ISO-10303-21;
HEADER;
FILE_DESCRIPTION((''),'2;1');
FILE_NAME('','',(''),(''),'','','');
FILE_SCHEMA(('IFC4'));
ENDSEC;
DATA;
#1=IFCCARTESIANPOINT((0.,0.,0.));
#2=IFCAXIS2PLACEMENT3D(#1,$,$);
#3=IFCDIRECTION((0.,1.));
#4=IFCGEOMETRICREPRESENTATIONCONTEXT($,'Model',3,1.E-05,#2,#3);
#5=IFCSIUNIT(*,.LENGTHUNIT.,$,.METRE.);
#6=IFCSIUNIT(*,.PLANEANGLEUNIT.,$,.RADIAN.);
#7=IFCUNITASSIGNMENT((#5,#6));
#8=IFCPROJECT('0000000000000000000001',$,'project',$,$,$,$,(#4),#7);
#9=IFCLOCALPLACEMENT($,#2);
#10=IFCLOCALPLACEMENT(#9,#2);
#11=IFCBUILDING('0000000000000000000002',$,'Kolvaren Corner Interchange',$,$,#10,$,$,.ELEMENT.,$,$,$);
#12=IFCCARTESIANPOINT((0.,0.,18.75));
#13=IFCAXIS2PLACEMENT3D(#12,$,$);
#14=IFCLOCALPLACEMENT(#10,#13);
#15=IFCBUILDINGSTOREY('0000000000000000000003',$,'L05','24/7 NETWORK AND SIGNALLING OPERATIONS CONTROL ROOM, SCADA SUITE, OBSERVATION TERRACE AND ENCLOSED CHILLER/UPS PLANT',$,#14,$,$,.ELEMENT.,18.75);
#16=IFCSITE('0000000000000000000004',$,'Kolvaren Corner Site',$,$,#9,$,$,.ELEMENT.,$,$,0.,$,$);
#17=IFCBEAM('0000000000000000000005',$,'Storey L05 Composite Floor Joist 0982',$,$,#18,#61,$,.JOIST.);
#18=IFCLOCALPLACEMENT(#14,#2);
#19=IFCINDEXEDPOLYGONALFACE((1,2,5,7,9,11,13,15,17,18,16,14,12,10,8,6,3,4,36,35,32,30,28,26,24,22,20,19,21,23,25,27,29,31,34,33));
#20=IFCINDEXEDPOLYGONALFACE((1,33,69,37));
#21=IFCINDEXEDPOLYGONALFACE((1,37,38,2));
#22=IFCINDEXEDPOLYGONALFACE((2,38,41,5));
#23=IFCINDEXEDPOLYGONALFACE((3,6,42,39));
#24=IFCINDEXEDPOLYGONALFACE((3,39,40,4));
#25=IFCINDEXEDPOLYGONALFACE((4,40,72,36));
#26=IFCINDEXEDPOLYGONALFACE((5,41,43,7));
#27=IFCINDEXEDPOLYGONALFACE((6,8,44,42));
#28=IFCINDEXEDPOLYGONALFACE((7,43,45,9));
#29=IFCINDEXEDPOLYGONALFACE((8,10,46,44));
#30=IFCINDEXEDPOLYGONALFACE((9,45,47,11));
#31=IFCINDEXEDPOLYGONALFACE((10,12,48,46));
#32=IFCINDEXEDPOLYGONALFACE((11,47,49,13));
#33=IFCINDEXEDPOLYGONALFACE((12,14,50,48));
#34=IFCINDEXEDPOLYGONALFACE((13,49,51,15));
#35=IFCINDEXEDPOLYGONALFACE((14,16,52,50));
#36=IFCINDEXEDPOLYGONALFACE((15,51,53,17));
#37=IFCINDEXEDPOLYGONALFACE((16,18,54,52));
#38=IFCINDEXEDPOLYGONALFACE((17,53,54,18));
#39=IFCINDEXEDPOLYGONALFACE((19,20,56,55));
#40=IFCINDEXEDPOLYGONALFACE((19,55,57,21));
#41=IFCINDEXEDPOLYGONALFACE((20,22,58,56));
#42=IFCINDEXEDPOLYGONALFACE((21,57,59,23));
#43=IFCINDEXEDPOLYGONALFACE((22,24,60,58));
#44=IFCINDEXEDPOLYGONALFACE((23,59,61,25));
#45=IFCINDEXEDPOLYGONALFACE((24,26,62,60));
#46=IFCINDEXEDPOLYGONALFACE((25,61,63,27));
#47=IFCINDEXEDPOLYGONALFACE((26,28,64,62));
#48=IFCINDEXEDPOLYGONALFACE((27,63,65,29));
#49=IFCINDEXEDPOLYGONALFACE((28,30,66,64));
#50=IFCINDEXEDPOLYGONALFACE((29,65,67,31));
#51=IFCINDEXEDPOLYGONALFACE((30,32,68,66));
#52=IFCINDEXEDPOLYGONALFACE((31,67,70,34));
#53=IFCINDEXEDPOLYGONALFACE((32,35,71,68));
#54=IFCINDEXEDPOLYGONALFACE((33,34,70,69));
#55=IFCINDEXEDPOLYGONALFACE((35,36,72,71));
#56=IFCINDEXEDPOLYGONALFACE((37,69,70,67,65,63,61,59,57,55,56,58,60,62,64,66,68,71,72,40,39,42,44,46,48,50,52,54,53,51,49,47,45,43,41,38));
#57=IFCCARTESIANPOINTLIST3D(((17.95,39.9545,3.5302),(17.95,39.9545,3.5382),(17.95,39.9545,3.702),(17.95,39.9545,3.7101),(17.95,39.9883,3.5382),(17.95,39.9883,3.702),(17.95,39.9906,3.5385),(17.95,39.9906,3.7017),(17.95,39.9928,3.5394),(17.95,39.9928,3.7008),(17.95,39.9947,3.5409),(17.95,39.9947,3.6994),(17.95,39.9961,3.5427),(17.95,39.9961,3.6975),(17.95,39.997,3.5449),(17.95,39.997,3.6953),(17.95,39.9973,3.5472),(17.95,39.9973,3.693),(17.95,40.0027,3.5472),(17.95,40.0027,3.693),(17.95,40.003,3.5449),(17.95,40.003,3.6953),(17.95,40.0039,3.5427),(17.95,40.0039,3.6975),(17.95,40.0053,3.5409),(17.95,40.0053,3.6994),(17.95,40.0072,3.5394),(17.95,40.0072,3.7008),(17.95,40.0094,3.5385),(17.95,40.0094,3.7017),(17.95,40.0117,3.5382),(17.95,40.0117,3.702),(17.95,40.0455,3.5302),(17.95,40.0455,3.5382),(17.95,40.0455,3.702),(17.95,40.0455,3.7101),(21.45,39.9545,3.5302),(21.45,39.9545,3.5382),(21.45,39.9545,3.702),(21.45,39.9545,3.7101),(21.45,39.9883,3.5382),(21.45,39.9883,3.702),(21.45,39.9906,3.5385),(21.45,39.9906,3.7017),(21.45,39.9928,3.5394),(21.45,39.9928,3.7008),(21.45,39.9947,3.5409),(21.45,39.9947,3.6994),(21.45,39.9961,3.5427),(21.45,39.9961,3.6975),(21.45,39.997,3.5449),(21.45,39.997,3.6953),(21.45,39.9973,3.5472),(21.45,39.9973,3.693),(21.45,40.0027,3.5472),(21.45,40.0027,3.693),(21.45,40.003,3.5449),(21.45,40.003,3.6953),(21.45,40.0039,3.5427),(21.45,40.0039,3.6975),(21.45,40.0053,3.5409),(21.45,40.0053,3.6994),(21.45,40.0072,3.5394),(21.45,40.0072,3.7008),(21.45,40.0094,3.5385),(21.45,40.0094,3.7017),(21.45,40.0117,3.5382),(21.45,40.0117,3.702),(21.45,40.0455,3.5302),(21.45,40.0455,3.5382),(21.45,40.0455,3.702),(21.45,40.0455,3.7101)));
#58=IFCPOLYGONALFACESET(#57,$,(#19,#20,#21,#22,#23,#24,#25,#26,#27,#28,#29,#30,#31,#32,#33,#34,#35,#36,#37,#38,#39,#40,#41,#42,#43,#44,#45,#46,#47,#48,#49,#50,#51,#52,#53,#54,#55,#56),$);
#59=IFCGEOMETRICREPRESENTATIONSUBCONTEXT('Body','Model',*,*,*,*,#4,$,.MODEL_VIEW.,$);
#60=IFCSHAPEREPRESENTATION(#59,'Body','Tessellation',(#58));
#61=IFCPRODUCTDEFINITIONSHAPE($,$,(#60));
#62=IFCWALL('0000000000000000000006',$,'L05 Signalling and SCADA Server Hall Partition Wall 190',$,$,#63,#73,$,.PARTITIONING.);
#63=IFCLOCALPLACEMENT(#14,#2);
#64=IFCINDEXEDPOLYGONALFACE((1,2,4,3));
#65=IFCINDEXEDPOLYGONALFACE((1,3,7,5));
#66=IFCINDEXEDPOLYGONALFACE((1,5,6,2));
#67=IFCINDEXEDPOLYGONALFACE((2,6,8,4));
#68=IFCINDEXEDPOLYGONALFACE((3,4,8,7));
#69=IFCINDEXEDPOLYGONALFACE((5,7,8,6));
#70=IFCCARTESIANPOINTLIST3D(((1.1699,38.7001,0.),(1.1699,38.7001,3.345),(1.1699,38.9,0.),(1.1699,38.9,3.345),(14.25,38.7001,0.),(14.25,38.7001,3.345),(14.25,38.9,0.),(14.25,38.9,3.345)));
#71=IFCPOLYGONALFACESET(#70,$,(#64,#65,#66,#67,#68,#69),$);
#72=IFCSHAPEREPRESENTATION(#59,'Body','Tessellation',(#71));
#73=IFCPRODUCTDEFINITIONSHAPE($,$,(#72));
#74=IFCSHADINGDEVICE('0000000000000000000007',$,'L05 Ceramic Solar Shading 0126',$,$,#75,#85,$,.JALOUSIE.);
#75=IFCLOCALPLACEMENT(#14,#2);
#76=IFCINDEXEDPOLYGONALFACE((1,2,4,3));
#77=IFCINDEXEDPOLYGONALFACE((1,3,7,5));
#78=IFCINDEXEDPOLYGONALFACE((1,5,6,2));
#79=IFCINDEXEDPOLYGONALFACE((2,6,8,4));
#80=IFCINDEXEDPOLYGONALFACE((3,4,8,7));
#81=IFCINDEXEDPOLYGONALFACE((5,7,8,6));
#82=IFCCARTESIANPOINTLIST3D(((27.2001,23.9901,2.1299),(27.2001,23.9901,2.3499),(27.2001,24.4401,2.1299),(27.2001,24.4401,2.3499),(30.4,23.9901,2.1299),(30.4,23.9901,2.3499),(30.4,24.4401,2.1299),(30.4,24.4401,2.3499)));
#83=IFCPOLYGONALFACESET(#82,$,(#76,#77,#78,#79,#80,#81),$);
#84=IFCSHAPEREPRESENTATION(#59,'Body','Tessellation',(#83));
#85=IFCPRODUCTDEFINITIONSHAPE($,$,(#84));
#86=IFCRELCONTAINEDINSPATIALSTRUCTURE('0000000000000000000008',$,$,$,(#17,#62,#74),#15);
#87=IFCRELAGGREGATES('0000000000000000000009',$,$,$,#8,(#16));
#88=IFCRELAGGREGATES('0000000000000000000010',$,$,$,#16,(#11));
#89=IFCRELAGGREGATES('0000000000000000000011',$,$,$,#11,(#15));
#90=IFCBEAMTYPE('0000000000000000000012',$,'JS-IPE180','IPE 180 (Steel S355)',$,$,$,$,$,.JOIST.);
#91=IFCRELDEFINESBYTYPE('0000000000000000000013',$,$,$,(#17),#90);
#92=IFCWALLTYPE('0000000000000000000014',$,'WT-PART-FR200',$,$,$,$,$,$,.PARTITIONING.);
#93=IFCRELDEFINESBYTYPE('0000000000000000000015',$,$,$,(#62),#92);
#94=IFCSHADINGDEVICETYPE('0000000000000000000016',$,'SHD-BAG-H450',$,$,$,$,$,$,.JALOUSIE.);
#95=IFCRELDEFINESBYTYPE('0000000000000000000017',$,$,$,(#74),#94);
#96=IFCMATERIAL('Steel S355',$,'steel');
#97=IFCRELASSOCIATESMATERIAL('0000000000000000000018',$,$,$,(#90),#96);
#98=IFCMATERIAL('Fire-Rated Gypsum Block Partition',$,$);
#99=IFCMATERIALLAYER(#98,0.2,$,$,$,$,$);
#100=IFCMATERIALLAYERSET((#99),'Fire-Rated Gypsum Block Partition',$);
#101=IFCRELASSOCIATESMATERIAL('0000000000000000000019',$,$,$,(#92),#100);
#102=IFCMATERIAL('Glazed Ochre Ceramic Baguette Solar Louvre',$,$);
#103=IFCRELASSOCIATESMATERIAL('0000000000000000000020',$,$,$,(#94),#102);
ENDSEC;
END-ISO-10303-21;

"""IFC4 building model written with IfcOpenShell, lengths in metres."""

from ifc_helpers import new_model, si_unit, direction, frame, frame_2d, origin, origin_2d, place, context, subcontext, project, spatial, rectangle, i_section, extrude, material, layer, layer_set, material_profile, profile_set, type_object, element, save


model = new_model("IFC4")

# Units and contexts
model_context = context("Model", 3, precision=1e-05, world=origin(), true_north=direction((0.0, 1.0)))
body_context = subcontext(model_context, "Body", "Model", "MODEL_VIEW")
ifc_project = project(units=[si_unit("LENGTHUNIT", "METRE"), si_unit("PLANEANGLEUNIT", "RADIAN")], contexts=[model_context])

# Site, building, storey
site_placement = place(None, origin())
site = spatial("IfcSite", under=ifc_project, at=site_placement, Name="Kolvaren Corner Site", CompositionType="ELEMENT", RefElevation=0.0)
building_placement = place(site_placement, origin())
building = spatial("IfcBuilding", under=site, at=building_placement, Name="Kolvaren Corner Interchange", CompositionType="ELEMENT")
storey_placement = place(building_placement, frame((0.0, 0.0, 18.75)))
storey = spatial("IfcBuildingStorey", under=building, at=storey_placement, Name="L05", Description="24/7 NETWORK AND SIGNALLING OPERATIONS CONTROL ROOM, SCADA SUITE, OBSERVATION TERRACE AND ENCLOSED CHILLER/UPS PLANT", CompositionType="ELEMENT", Elevation=18.75)

# Beam
ifc_material_1 = material(Name="Steel S355", Category="steel")
ifc_material_profile_1 = material_profile(ifc_material_1, i_section(OverallWidth=0.0911, OverallDepth=0.1799, WebThickness=0.0054, FlangeThickness=0.0081, FilletRadius=0.009, at=origin_2d()), Name="IPE 180")
ifc_profile_set_1 = profile_set([ifc_material_profile_1], Name="Steel S355")
beam_type_1 = type_object("IfcBeamType", Name="JS-IPE180", Description="IPE 180 (Steel S355)", PredefinedType="JOIST", material=ifc_profile_set_1)
for number, where, z_axis, x_axis, name in (
    (1, (17.95, 40.0, 3.6201), (1.0, 0.0, 0.0), (0.0, 1.0, 0.0), "Storey L05 Composite Floor Joist 0982"),
):
    element("IfcBeam", number, at=place(storey_placement, frame(where, z_axis=z_axis, x_axis=x_axis)), inside=storey, type_object=beam_type_1, Name=name, PredefinedType="JOIST", context=body_context, shape_type="SweptSolid", body=[
        extrude(i_section(OverallWidth=0.0911, OverallDepth=0.1799, WebThickness=0.0054, FlangeThickness=0.0081, FilletRadius=0.009, at=origin_2d()), origin(), (0.0, 0.0, 1.0), 3.5),
    ])

# Shared definitions
ifc_material_2 = material(Name="Fire-Rated Gypsum Block Partition")
ifc_layer = layer(ifc_material_2, 0.2)
ifc_layer_set = layer_set([ifc_layer], Name="Fire-Rated Gypsum Block Partition")
wall_type = type_object("IfcWallType", Name="WT-PART-FR200", PredefinedType="PARTITIONING", material=ifc_layer_set)

# Wall
wall_1_placement = place(storey_placement, frame((14.25, 38.8, 0.0), z_axis=(0.0, 0.0, 1.0), x_axis=(-1.0, 0.0, 0.0)))
element("IfcWall", 2, at=wall_1_placement, inside=storey, type_object=wall_type, Name="L05 Signalling and SCADA Server Hall Partition Wall 190", PredefinedType="PARTITIONING", context=body_context, shape_type="SweptSolid", body=[
    extrude(rectangle(XDim=13.0801, YDim=0.2, at=frame_2d((6.54, 0.0))), origin(), (0.0, 0.0, 1.0), 3.345),
])

# Shading device
ifc_material_3 = material(Name="Glazed Ochre Ceramic Baguette Solar Louvre")
shading_device_type = type_object("IfcShadingDeviceType", Name="SHD-BAG-H450", PredefinedType="JALOUSIE", material=ifc_material_3)
shading_device_placement = place(storey_placement, frame((28.8, 24.2151, 2.1299), z_axis=(0.0, 0.0, 1.0), x_axis=(-1.0, 0.0, 0.0)))
element("IfcShadingDevice", 3, at=shading_device_placement, inside=storey, type_object=shading_device_type, Name="L05 Ceramic Solar Shading 0126", PredefinedType="JALOUSIE", context=body_context, shape_type="SweptSolid", body=[
    extrude(rectangle(XDim=3.2, YDim=0.45, at=origin_2d()), origin(), (0.0, 0.0, 1.0), 0.22),
])

save(model, "model.ifc")
